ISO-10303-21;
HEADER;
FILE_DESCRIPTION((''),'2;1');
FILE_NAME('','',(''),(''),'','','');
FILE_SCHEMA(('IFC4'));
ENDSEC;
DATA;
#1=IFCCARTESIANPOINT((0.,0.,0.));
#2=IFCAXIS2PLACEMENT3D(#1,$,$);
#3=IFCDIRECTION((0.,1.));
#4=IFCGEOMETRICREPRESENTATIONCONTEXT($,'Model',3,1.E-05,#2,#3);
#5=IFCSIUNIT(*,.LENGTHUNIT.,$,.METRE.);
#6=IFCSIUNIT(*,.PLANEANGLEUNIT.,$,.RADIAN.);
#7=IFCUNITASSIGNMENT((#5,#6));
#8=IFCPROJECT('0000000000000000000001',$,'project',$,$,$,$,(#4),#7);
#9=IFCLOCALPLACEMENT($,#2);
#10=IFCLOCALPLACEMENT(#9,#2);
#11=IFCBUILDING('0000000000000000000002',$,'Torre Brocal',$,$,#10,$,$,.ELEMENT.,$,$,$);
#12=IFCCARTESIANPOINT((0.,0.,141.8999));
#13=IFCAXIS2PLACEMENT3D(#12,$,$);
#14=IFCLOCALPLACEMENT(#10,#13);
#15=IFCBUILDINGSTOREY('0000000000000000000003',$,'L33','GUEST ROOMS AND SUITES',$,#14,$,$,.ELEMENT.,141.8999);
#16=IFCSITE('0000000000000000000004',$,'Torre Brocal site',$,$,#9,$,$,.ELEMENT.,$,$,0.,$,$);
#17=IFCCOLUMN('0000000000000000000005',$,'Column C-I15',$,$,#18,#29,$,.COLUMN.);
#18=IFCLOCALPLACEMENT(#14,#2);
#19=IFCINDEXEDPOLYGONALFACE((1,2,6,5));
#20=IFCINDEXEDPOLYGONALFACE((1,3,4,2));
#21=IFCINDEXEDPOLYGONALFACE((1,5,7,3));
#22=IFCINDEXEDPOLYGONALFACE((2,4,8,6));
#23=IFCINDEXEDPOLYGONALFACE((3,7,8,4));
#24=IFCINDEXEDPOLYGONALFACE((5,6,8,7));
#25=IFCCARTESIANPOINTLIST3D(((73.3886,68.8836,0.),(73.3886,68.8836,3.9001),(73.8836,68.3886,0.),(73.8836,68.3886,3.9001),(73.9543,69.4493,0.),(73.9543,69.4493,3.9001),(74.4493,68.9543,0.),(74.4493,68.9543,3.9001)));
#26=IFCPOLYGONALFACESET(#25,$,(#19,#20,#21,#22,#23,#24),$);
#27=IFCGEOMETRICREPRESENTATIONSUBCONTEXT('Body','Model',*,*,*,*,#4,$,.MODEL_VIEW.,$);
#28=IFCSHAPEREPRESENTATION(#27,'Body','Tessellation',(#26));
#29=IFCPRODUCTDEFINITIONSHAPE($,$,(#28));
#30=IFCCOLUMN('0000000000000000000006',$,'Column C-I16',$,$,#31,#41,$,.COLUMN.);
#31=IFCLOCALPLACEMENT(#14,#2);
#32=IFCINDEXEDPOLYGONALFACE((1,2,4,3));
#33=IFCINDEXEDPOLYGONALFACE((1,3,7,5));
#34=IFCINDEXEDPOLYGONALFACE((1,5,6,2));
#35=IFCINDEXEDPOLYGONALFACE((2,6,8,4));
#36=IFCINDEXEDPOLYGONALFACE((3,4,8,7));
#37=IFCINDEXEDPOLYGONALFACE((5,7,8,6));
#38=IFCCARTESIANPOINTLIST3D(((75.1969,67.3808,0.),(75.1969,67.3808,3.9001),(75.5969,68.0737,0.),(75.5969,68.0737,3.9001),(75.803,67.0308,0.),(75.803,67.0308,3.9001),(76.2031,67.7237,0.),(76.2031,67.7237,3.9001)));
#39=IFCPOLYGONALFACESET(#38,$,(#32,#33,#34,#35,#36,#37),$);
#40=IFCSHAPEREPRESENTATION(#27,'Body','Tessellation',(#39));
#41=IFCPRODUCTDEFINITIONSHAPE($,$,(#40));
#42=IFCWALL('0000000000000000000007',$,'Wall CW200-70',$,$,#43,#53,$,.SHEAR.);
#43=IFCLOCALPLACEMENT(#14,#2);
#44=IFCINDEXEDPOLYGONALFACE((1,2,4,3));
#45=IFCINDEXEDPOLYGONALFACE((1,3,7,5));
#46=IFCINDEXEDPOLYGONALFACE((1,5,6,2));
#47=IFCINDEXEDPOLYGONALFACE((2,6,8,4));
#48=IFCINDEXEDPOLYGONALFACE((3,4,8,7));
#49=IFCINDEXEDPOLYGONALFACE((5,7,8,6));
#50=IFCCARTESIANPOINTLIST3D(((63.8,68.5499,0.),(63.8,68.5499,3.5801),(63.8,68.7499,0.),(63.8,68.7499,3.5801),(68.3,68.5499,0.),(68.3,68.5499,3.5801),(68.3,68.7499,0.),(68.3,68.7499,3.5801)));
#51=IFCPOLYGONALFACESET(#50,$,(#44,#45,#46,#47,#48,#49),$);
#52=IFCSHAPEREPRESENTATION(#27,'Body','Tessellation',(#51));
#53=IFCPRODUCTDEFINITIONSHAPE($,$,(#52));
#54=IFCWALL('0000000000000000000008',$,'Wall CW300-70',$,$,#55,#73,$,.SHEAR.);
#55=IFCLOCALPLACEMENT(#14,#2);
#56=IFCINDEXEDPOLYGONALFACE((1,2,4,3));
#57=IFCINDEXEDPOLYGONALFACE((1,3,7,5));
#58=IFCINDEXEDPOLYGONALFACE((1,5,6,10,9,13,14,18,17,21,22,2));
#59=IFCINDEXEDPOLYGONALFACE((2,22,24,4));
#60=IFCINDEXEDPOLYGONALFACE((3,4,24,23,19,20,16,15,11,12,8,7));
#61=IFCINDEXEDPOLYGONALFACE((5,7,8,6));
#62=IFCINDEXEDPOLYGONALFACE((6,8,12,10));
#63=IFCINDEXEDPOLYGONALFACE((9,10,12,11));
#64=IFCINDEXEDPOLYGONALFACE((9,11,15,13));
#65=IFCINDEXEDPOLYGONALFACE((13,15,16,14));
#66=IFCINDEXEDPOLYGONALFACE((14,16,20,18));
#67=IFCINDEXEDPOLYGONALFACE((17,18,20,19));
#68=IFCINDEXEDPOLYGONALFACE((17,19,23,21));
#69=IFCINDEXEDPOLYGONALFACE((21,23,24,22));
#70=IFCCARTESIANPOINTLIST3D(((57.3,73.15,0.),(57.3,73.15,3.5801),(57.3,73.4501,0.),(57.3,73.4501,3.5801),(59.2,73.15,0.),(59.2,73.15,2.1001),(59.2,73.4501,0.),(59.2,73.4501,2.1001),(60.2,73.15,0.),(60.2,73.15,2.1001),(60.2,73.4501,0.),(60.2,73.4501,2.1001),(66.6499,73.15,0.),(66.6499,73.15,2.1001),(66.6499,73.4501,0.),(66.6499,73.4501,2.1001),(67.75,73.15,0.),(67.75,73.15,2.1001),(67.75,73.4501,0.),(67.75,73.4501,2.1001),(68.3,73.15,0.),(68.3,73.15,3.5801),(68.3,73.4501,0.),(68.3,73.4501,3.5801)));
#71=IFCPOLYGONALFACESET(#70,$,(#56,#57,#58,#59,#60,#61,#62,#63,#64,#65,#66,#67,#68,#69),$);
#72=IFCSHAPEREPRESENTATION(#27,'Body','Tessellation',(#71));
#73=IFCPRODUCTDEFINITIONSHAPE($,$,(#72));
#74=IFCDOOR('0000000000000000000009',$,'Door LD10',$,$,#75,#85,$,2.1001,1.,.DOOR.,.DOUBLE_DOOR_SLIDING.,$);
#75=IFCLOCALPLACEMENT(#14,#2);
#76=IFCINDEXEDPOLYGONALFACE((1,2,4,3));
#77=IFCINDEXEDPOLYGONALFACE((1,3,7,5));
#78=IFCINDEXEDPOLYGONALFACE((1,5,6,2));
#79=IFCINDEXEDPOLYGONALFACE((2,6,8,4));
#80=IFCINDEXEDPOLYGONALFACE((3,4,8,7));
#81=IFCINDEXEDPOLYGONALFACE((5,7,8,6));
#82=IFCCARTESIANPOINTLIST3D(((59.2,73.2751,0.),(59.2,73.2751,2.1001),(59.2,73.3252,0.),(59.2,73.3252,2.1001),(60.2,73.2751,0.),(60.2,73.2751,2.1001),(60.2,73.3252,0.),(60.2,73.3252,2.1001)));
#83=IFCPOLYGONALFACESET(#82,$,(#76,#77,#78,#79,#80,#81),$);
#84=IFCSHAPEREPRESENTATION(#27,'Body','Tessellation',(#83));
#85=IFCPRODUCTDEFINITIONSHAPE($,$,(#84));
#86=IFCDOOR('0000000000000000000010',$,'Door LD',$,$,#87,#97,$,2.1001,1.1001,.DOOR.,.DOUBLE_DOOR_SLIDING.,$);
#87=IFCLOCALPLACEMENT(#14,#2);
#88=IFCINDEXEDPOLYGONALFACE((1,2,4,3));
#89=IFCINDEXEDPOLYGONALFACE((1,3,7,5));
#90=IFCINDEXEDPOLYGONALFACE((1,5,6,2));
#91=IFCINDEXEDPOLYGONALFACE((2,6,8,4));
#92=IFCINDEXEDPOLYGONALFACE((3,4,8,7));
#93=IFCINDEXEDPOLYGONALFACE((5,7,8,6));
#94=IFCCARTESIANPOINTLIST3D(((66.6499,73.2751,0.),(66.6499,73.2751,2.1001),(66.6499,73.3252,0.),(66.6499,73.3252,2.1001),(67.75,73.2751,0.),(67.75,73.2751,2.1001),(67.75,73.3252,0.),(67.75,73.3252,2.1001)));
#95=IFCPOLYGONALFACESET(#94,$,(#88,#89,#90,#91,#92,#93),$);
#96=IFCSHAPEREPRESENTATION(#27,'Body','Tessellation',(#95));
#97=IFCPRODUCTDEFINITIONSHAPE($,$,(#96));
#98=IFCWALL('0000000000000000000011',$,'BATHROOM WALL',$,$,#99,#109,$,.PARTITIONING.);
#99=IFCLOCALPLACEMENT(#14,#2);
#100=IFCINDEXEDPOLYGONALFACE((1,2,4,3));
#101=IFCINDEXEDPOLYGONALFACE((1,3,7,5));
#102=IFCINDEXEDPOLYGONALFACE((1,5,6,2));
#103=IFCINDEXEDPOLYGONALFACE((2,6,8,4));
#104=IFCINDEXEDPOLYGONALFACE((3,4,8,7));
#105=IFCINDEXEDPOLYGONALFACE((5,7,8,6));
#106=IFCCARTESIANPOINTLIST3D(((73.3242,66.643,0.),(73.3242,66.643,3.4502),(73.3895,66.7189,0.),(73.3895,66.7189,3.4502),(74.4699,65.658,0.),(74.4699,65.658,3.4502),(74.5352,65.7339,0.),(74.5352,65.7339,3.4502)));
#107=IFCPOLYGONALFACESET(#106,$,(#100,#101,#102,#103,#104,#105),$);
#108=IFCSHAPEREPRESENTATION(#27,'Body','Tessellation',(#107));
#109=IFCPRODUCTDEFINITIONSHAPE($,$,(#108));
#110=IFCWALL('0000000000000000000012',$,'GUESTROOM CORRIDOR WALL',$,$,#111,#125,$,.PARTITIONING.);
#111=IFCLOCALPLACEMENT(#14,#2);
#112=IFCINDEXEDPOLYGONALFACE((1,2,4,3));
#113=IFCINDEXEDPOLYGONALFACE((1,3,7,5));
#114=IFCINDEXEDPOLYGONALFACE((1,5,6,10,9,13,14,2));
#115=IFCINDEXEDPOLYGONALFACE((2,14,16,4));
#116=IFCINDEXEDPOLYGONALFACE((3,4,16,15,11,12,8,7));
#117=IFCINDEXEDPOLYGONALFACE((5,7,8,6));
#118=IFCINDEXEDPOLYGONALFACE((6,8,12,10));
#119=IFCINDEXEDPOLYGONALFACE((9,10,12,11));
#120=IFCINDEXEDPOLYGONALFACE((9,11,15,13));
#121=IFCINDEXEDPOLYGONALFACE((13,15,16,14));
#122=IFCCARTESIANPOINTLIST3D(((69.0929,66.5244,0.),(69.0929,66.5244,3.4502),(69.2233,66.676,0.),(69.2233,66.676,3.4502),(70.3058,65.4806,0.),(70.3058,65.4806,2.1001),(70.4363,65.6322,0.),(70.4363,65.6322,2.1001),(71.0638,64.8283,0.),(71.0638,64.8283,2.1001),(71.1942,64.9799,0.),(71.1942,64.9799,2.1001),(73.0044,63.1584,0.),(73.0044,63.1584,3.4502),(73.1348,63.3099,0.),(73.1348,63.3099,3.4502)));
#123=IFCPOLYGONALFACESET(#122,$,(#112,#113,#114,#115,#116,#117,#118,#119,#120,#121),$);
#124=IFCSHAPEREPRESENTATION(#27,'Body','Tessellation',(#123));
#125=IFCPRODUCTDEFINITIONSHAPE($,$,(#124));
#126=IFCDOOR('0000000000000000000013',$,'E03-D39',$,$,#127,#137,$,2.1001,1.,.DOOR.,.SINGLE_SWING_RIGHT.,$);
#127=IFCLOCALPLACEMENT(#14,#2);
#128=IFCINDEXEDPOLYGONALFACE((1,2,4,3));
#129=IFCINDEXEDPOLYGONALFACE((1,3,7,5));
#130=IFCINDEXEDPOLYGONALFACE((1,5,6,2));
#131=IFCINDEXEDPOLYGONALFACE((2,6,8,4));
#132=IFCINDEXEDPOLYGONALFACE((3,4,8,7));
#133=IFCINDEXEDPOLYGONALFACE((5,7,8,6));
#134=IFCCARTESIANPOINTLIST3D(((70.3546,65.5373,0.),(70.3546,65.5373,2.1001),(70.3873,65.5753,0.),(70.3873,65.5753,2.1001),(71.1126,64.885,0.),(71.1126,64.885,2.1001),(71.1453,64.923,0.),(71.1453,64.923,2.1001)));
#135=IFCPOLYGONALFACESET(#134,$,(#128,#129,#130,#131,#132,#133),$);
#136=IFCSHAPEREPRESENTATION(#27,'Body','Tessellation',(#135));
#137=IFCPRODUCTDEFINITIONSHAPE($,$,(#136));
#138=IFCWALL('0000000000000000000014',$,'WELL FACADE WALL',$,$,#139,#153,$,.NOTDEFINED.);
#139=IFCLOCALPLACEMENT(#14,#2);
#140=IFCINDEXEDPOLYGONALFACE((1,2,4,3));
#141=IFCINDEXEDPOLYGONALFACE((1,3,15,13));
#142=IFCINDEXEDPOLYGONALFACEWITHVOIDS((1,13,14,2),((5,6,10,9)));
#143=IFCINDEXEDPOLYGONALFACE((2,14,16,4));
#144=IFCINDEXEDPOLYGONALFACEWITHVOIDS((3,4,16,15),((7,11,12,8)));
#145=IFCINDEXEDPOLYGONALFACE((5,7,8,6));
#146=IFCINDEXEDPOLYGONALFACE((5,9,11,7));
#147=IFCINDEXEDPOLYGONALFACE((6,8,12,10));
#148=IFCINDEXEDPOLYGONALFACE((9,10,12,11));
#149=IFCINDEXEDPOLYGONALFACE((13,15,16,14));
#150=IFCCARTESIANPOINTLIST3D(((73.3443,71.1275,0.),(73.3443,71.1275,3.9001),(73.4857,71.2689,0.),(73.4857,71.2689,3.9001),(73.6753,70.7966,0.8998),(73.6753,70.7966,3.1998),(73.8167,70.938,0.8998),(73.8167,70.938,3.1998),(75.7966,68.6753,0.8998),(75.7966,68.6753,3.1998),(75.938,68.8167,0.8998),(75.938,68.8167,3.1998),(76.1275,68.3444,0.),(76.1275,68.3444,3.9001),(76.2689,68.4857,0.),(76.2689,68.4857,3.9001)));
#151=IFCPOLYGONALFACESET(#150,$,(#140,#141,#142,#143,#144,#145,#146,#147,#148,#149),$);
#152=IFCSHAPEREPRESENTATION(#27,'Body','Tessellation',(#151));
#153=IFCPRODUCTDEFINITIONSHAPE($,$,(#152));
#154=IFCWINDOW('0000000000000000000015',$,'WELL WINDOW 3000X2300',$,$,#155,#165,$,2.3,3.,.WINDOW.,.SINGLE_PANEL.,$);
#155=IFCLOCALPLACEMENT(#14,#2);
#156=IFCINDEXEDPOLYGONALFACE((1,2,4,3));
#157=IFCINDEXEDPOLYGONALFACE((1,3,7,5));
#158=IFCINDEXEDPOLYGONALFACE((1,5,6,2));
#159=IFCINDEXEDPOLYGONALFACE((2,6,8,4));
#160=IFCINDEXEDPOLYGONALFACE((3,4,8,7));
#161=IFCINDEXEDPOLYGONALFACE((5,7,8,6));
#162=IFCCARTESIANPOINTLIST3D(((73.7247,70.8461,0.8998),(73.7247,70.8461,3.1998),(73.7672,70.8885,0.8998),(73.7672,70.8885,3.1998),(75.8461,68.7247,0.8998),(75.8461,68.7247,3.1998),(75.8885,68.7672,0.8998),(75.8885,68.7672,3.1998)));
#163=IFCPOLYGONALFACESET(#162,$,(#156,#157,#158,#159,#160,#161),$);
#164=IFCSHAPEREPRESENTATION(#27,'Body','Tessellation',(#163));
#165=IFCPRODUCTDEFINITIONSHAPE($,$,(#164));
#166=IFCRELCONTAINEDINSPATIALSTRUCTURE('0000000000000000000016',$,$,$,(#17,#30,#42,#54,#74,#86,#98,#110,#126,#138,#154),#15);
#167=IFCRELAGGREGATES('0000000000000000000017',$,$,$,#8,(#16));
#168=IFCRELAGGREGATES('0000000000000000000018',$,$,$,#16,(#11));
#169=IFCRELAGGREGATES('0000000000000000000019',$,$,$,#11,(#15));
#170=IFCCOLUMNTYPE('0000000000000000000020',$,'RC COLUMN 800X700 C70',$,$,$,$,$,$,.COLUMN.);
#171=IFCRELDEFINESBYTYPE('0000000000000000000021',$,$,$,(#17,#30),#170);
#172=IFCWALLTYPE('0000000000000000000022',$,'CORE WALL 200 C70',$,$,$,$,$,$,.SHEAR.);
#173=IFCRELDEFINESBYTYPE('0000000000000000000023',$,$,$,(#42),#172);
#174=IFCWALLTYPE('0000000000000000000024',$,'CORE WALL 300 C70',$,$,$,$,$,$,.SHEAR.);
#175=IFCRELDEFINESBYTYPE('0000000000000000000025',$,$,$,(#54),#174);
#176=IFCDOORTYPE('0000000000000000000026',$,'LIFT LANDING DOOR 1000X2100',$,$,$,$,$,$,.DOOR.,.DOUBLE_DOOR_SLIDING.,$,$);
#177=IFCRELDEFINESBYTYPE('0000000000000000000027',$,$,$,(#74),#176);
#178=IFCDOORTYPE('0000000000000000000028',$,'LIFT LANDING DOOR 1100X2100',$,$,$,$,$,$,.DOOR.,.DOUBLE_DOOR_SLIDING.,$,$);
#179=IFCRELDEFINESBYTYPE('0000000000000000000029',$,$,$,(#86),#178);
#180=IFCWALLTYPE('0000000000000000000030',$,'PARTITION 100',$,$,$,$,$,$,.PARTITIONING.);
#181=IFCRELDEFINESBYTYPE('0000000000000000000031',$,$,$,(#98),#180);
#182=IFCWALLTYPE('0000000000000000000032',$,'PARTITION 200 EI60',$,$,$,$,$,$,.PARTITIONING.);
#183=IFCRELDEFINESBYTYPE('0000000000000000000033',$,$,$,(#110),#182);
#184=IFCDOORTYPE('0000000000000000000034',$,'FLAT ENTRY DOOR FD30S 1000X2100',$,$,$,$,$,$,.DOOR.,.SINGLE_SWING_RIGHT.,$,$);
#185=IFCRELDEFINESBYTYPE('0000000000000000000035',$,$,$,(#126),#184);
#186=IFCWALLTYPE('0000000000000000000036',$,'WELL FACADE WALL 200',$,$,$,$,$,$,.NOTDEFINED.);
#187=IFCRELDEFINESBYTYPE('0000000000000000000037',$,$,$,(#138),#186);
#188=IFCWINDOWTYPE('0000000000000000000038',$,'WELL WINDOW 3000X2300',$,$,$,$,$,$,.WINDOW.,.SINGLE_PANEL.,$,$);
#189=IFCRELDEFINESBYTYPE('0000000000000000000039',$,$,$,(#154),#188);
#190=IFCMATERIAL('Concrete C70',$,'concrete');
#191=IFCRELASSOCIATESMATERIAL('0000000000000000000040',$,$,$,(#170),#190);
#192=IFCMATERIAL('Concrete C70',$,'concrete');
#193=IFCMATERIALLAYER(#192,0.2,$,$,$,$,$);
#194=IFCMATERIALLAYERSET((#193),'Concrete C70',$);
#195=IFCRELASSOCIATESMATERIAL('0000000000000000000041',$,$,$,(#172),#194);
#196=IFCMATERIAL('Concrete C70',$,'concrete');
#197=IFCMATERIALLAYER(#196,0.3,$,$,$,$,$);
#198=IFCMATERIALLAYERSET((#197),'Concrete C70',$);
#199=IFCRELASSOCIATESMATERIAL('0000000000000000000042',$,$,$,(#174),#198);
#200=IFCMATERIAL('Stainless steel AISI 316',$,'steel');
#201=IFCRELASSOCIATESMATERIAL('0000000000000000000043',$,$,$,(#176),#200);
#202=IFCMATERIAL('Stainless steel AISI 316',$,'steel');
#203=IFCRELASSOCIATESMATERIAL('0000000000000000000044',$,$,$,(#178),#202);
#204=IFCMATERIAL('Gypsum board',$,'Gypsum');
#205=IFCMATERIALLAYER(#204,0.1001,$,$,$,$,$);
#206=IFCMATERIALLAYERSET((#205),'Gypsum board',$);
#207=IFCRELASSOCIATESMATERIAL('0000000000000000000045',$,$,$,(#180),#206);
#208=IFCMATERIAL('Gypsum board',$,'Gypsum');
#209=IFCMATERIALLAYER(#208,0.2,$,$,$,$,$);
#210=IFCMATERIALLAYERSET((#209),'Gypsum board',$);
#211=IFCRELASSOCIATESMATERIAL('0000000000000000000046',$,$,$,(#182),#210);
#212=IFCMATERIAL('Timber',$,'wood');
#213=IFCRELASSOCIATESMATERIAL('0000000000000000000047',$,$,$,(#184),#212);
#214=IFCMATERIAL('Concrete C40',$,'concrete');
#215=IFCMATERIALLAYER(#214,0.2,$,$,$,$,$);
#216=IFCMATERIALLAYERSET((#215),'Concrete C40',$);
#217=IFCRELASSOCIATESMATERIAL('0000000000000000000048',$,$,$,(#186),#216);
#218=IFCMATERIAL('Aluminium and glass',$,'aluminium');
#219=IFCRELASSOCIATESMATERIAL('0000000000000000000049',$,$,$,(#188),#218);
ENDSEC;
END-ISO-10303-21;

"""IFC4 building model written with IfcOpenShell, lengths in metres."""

from ifc_helpers import new_model, si_unit, direction, frame, frame_2d, origin, origin_2d, place, context, subcontext, project, spatial, rectangle, extrude, material, layer, layer_set, material_profile, profile_set, type_object, element, fill, save


model = new_model("IFC4")

# Units and contexts
model_context = context("Model", 3, precision=1e-05, world=origin(), true_north=direction((0.0, 1.0)))
body_context = subcontext(model_context, "Body", "Model", "MODEL_VIEW")
ifc_project = project(units=[si_unit("LENGTHUNIT", "METRE"), si_unit("PLANEANGLEUNIT", "RADIAN")], contexts=[model_context])

# Site, building, storey
site_placement = place(None, origin())
site = spatial("IfcSite", under=ifc_project, at=site_placement, Name="Torre Brocal site", CompositionType="ELEMENT", RefElevation=0.0)
building_placement = place(site_placement, origin())
building = spatial("IfcBuilding", under=site, at=building_placement, Name="Torre Brocal", CompositionType="ELEMENT")
storey_placement = place(building_placement, frame((0.0, 0.0, 141.8999)))
storey = spatial("IfcBuildingStorey", under=building, at=storey_placement, Name="L33", Description="GUEST ROOMS AND SUITES", CompositionType="ELEMENT", Elevation=141.8999)

# Columns
ifc_material_1 = material(Name="Concrete C70", Category="concrete")
ifc_material_profile = material_profile(ifc_material_1, rectangle(XDim=0.8, YDim=0.7, at=origin_2d()), Name="RC 800X700")
ifc_profile_set = profile_set([ifc_material_profile], Name="Concrete C70")
column_type = type_object("IfcColumnType", Name="RC COLUMN 800X700 C70", PredefinedType="COLUMN", material=ifc_profile_set)
for number, where, z_axis, x_axis, name in (
    (1, (73.9189, 68.9189, 0.0), (0.0, 0.0, 1.0), (-0.707107, -0.707107, 0.0), "Column C-I15"),
    (2, (75.7, 67.5522, 0.0), (0.0, 0.0, 1.0), (-0.5, -0.866025, 0.0), "Column C-I16"),
):
    element("IfcColumn", number, at=place(storey_placement, frame(where, z_axis=z_axis, x_axis=x_axis)), inside=storey, type_object=column_type, Name=name, PredefinedType="COLUMN", context=body_context, shape_type="SweptSolid", body=[
        extrude(rectangle(XDim=0.8, YDim=0.7, at=origin_2d()), origin(), (0.0, 0.0, 1.0), 3.9001),
    ])

# Wall
ifc_material_2 = material(Name="Concrete C70", Category="concrete")
ifc_layer_1 = layer(ifc_material_2, 0.2)
ifc_layer_set_1 = layer_set([ifc_layer_1], Name="Concrete C70")
wall_type_1 = type_object("IfcWallType", Name="CORE WALL 200 C70", PredefinedType="SHEAR", material=ifc_layer_set_1)
wall_1_placement = place(storey_placement, frame((68.3, 68.6499, 0.0), z_axis=(0.0, 0.0, 1.0), x_axis=(-1.0, 0.0, 0.0)))
element("IfcWall", 3, at=wall_1_placement, inside=storey, type_object=wall_type_1, Name="Wall CW200-70", PredefinedType="SHEAR", context=body_context, shape_type="SweptSolid", body=[
    extrude(rectangle(XDim=4.5, YDim=0.2, at=frame_2d((2.25, 0.0))), origin(), (0.0, 0.0, 1.0), 3.5801),
])

# Wall, openings, doors
ifc_material_3 = material(Name="Concrete C70", Category="concrete")
ifc_layer_2 = layer(ifc_material_3, 0.3)
ifc_layer_set_2 = layer_set([ifc_layer_2], Name="Concrete C70")
wall_type_2 = type_object("IfcWallType", Name="CORE WALL 300 C70", PredefinedType="SHEAR", material=ifc_layer_set_2)
wall_2_placement = place(storey_placement, frame((68.3, 73.3, 0.0), z_axis=(0.0, 0.0, 1.0), x_axis=(-1.0, 0.0, 0.0)))
wall_2 = element("IfcWall", 4, at=wall_2_placement, inside=storey, type_object=wall_type_2, Name="Wall CW300-70", PredefinedType="SHEAR", context=body_context, shape_type="SweptSolid", body=[
    extrude(rectangle(XDim=11.0, YDim=0.3, at=frame_2d((5.5, 0.0))), origin(), (0.0, 0.0, 1.0), 3.5801),
])
opening_1_placement = place(wall_2_placement, frame((0.55, 0.0, 0.0)))
opening_1 = element("IfcOpeningElement", 5, at=opening_1_placement, cuts=wall_2, PredefinedType="OPENING", context=body_context, shape_type="SweptSolid", body=[
    extrude(rectangle(XDim=1.1001, YDim=2.1001, at=frame_2d((0.55, 1.05))), frame((0.0, 0.1599, 0.0), z_axis=(0.0, -1.0, 0.0), x_axis=(1.0, 0.0, 0.0)), (0.0, 0.0, 1.0), 0.3201),
])
opening_2_placement = place(wall_2_placement, frame((8.1001, 0.0, 0.0)))
opening_2 = element("IfcOpeningElement", 6, at=opening_2_placement, cuts=wall_2, PredefinedType="OPENING", context=body_context, shape_type="SweptSolid", body=[
    extrude(rectangle(XDim=1.0, YDim=2.1001, at=frame_2d((0.5, 1.05))), frame((0.0, 0.1599, 0.0), z_axis=(0.0, -1.0, 0.0), x_axis=(1.0, 0.0, 0.0)), (0.0, 0.0, 1.0), 0.3201),
])
ifc_material_4 = material(Name="Stainless steel AISI 316", Category="steel")
door_type_1 = type_object("IfcDoorType", Name="LIFT LANDING DOOR 1000X2100", OperationType="DOUBLE_DOOR_SLIDING", PredefinedType="DOOR", material=ifc_material_4)
door_1_placement = place(opening_2_placement, origin())
door_1 = element("IfcDoor", 7, at=door_1_placement, inside=storey, type_object=door_type_1, Name="Door LD10", OperationType="DOUBLE_DOOR_SLIDING", OverallHeight=2.1001, OverallWidth=1.0, PredefinedType="DOOR", context=body_context, shape_type="SweptSolid", body=[
    extrude(rectangle(XDim=1.0, YDim=2.1001, at=frame_2d((0.5, 1.05))), frame((0.0, 0.0249, 0.0), z_axis=(0.0, -1.0, 0.0), x_axis=(1.0, 0.0, 0.0)), (0.0, 0.0, 1.0), 0.05),
])
fill(opening_2, door_1)
ifc_material_5 = material(Name="Stainless steel AISI 316", Category="steel")
door_type_2 = type_object("IfcDoorType", Name="LIFT LANDING DOOR 1100X2100", OperationType="DOUBLE_DOOR_SLIDING", PredefinedType="DOOR", material=ifc_material_5)
door_2_placement = place(opening_1_placement, origin())
door_2 = element("IfcDoor", 8, at=door_2_placement, inside=storey, type_object=door_type_2, Name="Door LD", OperationType="DOUBLE_DOOR_SLIDING", OverallHeight=2.1001, OverallWidth=1.1001, PredefinedType="DOOR", context=body_context, shape_type="SweptSolid", body=[
    extrude(rectangle(XDim=1.1001, YDim=2.1001, at=frame_2d((0.55, 1.05))), frame((0.0, 0.0249, 0.0), z_axis=(0.0, -1.0, 0.0), x_axis=(1.0, 0.0, 0.0)), (0.0, 0.0, 1.0), 0.05),
])
fill(opening_1, door_2)

# Wall
ifc_material_6 = material(Name="Gypsum board", Category="Gypsum")
ifc_layer_3 = layer(ifc_material_6, 0.1001)
ifc_layer_set_3 = layer_set([ifc_layer_3], Name="Gypsum board")
wall_type_3 = type_object("IfcWallType", Name="PARTITION 100", PredefinedType="PARTITIONING", material=ifc_layer_set_3)
wall_3_placement = place(storey_placement, frame((73.3569, 66.6809, 0.0), z_axis=(0.0, 0.0, 1.0), x_axis=(0.758263, -0.651948, 0.0)))
element("IfcWall", 9, at=wall_3_placement, inside=storey, type_object=wall_type_3, Name="BATHROOM WALL", PredefinedType="PARTITIONING", context=body_context, shape_type="SweptSolid", body=[
    extrude(rectangle(XDim=1.511, YDim=0.1001, at=frame_2d((0.7554, 0.0))), origin(), (0.0, 0.0, 1.0), 3.4502),
])

# Wall, opening, door
ifc_material_7 = material(Name="Gypsum board", Category="Gypsum")
ifc_layer_4 = layer(ifc_material_7, 0.2)
ifc_layer_set_4 = layer_set([ifc_layer_4], Name="Gypsum board")
wall_type_4 = type_object("IfcWallType", Name="PARTITION 200 EI60", PredefinedType="PARTITIONING", material=ifc_layer_set_4)
wall_4_placement = place(storey_placement, frame((69.1582, 66.6001, 0.0), z_axis=(0.0, 0.0, 1.0), x_axis=(0.757976, -0.652282, 0.0)))
wall_4 = element("IfcWall", 10, at=wall_4_placement, inside=storey, type_object=wall_type_4, Name="GUESTROOM CORRIDOR WALL", PredefinedType="PARTITIONING", context=body_context, shape_type="SweptSolid", body=[
    extrude(rectangle(XDim=5.1604, YDim=0.2, at=frame_2d((2.5801, 0.0))), origin(), (0.0, 0.0, 1.0), 3.4502),
])
opening_3_placement = place(wall_4_placement, frame((1.6001, 0.0, 0.0)))
opening_3 = element("IfcOpeningElement", 11, at=opening_3_placement, cuts=wall_4, PredefinedType="OPENING", context=body_context, shape_type="SweptSolid", body=[
    extrude(rectangle(XDim=1.0, YDim=2.1001, at=frame_2d((0.5, 1.05))), frame((0.0, 0.1099, 0.0), z_axis=(0.0, -1.0, 0.0), x_axis=(1.0, 0.0, 0.0)), (0.0, 0.0, 1.0), 0.22),
])
ifc_material_8 = material(Name="Timber", Category="wood")
door_type_3 = type_object("IfcDoorType", Name="FLAT ENTRY DOOR FD30S 1000X2100", OperationType="SINGLE_SWING_RIGHT", PredefinedType="DOOR", material=ifc_material_8)
door_3_placement = place(opening_3_placement, origin())
door_3 = element("IfcDoor", 12, at=door_3_placement, inside=storey, type_object=door_type_3, Name="E03-D39", OperationType="SINGLE_SWING_RIGHT", OverallHeight=2.1001, OverallWidth=1.0, PredefinedType="DOOR", context=body_context, shape_type="SweptSolid", body=[
    extrude(rectangle(XDim=1.0, YDim=2.1001, at=frame_2d((0.5, 1.05))), frame((0.0, 0.0249, 0.0), z_axis=(0.0, -1.0, 0.0), x_axis=(1.0, 0.0, 0.0)), (0.0, 0.0, 1.0), 0.05),
])
fill(opening_3, door_3)

# Wall, opening, window
ifc_material_9 = material(Name="Concrete C40", Category="concrete")
ifc_layer_5 = layer(ifc_material_9, 0.2)
ifc_layer_set_5 = layer_set([ifc_layer_5], Name="Concrete C40")
wall_type_5 = type_object("IfcWallType", Name="WELL FACADE WALL 200", PredefinedType="NOTDEFINED", material=ifc_layer_set_5)
wall_5_placement = place(storey_placement, frame((73.415, 71.1982, 0.0), z_axis=(0.0, 0.0, 1.0), x_axis=(0.707107, -0.707107, 0.0)))
wall_5 = element("IfcWall", 13, at=wall_5_placement, inside=storey, type_object=wall_type_5, Name="WELL FACADE WALL", PredefinedType="NOTDEFINED", context=body_context, shape_type="SweptSolid", body=[
    extrude(rectangle(XDim=3.936, YDim=0.2, at=frame_2d((1.968, 0.0))), origin(), (0.0, 0.0, 1.0), 3.9001),
])
opening_4_placement = place(wall_5_placement, frame((0.468, 0.0, 0.8999)))
opening_4 = element("IfcOpeningElement", 14, at=opening_4_placement, cuts=wall_5, PredefinedType="OPENING", context=body_context, shape_type="SweptSolid", body=[
    extrude(rectangle(XDim=3.0, YDim=2.3, at=frame_2d((1.5, 1.1499))), frame((0.0, 0.1099, 0.0), z_axis=(0.0, -1.0, 0.0), x_axis=(1.0, 0.0, 0.0)), (0.0, 0.0, 1.0), 0.22),
])
ifc_material_10 = material(Name="Aluminium and glass", Category="aluminium")
window_type = type_object("IfcWindowType", Name="WELL WINDOW 3000X2300", PartitioningType="SINGLE_PANEL", PredefinedType="WINDOW", material=ifc_material_10)
window_1_placement = place(opening_4_placement, origin())
window_1 = element("IfcWindow", 15, at=window_1_placement, inside=storey, type_object=window_type, Name="WELL WINDOW 3000X2300", OverallHeight=2.3, OverallWidth=3.0, PartitioningType="SINGLE_PANEL", PredefinedType="WINDOW", context=body_context, shape_type="SweptSolid", body=[
    extrude(rectangle(XDim=3.0, YDim=2.3, at=frame_2d((1.5, 1.1499))), frame((0.0, 0.03, 0.0), z_axis=(0.0, -1.0, 0.0), x_axis=(1.0, 0.0, 0.0)), (0.0, 0.0, 1.0), 0.0601),
])
fill(opening_4, window_1)

save(model, "model.ifc")
